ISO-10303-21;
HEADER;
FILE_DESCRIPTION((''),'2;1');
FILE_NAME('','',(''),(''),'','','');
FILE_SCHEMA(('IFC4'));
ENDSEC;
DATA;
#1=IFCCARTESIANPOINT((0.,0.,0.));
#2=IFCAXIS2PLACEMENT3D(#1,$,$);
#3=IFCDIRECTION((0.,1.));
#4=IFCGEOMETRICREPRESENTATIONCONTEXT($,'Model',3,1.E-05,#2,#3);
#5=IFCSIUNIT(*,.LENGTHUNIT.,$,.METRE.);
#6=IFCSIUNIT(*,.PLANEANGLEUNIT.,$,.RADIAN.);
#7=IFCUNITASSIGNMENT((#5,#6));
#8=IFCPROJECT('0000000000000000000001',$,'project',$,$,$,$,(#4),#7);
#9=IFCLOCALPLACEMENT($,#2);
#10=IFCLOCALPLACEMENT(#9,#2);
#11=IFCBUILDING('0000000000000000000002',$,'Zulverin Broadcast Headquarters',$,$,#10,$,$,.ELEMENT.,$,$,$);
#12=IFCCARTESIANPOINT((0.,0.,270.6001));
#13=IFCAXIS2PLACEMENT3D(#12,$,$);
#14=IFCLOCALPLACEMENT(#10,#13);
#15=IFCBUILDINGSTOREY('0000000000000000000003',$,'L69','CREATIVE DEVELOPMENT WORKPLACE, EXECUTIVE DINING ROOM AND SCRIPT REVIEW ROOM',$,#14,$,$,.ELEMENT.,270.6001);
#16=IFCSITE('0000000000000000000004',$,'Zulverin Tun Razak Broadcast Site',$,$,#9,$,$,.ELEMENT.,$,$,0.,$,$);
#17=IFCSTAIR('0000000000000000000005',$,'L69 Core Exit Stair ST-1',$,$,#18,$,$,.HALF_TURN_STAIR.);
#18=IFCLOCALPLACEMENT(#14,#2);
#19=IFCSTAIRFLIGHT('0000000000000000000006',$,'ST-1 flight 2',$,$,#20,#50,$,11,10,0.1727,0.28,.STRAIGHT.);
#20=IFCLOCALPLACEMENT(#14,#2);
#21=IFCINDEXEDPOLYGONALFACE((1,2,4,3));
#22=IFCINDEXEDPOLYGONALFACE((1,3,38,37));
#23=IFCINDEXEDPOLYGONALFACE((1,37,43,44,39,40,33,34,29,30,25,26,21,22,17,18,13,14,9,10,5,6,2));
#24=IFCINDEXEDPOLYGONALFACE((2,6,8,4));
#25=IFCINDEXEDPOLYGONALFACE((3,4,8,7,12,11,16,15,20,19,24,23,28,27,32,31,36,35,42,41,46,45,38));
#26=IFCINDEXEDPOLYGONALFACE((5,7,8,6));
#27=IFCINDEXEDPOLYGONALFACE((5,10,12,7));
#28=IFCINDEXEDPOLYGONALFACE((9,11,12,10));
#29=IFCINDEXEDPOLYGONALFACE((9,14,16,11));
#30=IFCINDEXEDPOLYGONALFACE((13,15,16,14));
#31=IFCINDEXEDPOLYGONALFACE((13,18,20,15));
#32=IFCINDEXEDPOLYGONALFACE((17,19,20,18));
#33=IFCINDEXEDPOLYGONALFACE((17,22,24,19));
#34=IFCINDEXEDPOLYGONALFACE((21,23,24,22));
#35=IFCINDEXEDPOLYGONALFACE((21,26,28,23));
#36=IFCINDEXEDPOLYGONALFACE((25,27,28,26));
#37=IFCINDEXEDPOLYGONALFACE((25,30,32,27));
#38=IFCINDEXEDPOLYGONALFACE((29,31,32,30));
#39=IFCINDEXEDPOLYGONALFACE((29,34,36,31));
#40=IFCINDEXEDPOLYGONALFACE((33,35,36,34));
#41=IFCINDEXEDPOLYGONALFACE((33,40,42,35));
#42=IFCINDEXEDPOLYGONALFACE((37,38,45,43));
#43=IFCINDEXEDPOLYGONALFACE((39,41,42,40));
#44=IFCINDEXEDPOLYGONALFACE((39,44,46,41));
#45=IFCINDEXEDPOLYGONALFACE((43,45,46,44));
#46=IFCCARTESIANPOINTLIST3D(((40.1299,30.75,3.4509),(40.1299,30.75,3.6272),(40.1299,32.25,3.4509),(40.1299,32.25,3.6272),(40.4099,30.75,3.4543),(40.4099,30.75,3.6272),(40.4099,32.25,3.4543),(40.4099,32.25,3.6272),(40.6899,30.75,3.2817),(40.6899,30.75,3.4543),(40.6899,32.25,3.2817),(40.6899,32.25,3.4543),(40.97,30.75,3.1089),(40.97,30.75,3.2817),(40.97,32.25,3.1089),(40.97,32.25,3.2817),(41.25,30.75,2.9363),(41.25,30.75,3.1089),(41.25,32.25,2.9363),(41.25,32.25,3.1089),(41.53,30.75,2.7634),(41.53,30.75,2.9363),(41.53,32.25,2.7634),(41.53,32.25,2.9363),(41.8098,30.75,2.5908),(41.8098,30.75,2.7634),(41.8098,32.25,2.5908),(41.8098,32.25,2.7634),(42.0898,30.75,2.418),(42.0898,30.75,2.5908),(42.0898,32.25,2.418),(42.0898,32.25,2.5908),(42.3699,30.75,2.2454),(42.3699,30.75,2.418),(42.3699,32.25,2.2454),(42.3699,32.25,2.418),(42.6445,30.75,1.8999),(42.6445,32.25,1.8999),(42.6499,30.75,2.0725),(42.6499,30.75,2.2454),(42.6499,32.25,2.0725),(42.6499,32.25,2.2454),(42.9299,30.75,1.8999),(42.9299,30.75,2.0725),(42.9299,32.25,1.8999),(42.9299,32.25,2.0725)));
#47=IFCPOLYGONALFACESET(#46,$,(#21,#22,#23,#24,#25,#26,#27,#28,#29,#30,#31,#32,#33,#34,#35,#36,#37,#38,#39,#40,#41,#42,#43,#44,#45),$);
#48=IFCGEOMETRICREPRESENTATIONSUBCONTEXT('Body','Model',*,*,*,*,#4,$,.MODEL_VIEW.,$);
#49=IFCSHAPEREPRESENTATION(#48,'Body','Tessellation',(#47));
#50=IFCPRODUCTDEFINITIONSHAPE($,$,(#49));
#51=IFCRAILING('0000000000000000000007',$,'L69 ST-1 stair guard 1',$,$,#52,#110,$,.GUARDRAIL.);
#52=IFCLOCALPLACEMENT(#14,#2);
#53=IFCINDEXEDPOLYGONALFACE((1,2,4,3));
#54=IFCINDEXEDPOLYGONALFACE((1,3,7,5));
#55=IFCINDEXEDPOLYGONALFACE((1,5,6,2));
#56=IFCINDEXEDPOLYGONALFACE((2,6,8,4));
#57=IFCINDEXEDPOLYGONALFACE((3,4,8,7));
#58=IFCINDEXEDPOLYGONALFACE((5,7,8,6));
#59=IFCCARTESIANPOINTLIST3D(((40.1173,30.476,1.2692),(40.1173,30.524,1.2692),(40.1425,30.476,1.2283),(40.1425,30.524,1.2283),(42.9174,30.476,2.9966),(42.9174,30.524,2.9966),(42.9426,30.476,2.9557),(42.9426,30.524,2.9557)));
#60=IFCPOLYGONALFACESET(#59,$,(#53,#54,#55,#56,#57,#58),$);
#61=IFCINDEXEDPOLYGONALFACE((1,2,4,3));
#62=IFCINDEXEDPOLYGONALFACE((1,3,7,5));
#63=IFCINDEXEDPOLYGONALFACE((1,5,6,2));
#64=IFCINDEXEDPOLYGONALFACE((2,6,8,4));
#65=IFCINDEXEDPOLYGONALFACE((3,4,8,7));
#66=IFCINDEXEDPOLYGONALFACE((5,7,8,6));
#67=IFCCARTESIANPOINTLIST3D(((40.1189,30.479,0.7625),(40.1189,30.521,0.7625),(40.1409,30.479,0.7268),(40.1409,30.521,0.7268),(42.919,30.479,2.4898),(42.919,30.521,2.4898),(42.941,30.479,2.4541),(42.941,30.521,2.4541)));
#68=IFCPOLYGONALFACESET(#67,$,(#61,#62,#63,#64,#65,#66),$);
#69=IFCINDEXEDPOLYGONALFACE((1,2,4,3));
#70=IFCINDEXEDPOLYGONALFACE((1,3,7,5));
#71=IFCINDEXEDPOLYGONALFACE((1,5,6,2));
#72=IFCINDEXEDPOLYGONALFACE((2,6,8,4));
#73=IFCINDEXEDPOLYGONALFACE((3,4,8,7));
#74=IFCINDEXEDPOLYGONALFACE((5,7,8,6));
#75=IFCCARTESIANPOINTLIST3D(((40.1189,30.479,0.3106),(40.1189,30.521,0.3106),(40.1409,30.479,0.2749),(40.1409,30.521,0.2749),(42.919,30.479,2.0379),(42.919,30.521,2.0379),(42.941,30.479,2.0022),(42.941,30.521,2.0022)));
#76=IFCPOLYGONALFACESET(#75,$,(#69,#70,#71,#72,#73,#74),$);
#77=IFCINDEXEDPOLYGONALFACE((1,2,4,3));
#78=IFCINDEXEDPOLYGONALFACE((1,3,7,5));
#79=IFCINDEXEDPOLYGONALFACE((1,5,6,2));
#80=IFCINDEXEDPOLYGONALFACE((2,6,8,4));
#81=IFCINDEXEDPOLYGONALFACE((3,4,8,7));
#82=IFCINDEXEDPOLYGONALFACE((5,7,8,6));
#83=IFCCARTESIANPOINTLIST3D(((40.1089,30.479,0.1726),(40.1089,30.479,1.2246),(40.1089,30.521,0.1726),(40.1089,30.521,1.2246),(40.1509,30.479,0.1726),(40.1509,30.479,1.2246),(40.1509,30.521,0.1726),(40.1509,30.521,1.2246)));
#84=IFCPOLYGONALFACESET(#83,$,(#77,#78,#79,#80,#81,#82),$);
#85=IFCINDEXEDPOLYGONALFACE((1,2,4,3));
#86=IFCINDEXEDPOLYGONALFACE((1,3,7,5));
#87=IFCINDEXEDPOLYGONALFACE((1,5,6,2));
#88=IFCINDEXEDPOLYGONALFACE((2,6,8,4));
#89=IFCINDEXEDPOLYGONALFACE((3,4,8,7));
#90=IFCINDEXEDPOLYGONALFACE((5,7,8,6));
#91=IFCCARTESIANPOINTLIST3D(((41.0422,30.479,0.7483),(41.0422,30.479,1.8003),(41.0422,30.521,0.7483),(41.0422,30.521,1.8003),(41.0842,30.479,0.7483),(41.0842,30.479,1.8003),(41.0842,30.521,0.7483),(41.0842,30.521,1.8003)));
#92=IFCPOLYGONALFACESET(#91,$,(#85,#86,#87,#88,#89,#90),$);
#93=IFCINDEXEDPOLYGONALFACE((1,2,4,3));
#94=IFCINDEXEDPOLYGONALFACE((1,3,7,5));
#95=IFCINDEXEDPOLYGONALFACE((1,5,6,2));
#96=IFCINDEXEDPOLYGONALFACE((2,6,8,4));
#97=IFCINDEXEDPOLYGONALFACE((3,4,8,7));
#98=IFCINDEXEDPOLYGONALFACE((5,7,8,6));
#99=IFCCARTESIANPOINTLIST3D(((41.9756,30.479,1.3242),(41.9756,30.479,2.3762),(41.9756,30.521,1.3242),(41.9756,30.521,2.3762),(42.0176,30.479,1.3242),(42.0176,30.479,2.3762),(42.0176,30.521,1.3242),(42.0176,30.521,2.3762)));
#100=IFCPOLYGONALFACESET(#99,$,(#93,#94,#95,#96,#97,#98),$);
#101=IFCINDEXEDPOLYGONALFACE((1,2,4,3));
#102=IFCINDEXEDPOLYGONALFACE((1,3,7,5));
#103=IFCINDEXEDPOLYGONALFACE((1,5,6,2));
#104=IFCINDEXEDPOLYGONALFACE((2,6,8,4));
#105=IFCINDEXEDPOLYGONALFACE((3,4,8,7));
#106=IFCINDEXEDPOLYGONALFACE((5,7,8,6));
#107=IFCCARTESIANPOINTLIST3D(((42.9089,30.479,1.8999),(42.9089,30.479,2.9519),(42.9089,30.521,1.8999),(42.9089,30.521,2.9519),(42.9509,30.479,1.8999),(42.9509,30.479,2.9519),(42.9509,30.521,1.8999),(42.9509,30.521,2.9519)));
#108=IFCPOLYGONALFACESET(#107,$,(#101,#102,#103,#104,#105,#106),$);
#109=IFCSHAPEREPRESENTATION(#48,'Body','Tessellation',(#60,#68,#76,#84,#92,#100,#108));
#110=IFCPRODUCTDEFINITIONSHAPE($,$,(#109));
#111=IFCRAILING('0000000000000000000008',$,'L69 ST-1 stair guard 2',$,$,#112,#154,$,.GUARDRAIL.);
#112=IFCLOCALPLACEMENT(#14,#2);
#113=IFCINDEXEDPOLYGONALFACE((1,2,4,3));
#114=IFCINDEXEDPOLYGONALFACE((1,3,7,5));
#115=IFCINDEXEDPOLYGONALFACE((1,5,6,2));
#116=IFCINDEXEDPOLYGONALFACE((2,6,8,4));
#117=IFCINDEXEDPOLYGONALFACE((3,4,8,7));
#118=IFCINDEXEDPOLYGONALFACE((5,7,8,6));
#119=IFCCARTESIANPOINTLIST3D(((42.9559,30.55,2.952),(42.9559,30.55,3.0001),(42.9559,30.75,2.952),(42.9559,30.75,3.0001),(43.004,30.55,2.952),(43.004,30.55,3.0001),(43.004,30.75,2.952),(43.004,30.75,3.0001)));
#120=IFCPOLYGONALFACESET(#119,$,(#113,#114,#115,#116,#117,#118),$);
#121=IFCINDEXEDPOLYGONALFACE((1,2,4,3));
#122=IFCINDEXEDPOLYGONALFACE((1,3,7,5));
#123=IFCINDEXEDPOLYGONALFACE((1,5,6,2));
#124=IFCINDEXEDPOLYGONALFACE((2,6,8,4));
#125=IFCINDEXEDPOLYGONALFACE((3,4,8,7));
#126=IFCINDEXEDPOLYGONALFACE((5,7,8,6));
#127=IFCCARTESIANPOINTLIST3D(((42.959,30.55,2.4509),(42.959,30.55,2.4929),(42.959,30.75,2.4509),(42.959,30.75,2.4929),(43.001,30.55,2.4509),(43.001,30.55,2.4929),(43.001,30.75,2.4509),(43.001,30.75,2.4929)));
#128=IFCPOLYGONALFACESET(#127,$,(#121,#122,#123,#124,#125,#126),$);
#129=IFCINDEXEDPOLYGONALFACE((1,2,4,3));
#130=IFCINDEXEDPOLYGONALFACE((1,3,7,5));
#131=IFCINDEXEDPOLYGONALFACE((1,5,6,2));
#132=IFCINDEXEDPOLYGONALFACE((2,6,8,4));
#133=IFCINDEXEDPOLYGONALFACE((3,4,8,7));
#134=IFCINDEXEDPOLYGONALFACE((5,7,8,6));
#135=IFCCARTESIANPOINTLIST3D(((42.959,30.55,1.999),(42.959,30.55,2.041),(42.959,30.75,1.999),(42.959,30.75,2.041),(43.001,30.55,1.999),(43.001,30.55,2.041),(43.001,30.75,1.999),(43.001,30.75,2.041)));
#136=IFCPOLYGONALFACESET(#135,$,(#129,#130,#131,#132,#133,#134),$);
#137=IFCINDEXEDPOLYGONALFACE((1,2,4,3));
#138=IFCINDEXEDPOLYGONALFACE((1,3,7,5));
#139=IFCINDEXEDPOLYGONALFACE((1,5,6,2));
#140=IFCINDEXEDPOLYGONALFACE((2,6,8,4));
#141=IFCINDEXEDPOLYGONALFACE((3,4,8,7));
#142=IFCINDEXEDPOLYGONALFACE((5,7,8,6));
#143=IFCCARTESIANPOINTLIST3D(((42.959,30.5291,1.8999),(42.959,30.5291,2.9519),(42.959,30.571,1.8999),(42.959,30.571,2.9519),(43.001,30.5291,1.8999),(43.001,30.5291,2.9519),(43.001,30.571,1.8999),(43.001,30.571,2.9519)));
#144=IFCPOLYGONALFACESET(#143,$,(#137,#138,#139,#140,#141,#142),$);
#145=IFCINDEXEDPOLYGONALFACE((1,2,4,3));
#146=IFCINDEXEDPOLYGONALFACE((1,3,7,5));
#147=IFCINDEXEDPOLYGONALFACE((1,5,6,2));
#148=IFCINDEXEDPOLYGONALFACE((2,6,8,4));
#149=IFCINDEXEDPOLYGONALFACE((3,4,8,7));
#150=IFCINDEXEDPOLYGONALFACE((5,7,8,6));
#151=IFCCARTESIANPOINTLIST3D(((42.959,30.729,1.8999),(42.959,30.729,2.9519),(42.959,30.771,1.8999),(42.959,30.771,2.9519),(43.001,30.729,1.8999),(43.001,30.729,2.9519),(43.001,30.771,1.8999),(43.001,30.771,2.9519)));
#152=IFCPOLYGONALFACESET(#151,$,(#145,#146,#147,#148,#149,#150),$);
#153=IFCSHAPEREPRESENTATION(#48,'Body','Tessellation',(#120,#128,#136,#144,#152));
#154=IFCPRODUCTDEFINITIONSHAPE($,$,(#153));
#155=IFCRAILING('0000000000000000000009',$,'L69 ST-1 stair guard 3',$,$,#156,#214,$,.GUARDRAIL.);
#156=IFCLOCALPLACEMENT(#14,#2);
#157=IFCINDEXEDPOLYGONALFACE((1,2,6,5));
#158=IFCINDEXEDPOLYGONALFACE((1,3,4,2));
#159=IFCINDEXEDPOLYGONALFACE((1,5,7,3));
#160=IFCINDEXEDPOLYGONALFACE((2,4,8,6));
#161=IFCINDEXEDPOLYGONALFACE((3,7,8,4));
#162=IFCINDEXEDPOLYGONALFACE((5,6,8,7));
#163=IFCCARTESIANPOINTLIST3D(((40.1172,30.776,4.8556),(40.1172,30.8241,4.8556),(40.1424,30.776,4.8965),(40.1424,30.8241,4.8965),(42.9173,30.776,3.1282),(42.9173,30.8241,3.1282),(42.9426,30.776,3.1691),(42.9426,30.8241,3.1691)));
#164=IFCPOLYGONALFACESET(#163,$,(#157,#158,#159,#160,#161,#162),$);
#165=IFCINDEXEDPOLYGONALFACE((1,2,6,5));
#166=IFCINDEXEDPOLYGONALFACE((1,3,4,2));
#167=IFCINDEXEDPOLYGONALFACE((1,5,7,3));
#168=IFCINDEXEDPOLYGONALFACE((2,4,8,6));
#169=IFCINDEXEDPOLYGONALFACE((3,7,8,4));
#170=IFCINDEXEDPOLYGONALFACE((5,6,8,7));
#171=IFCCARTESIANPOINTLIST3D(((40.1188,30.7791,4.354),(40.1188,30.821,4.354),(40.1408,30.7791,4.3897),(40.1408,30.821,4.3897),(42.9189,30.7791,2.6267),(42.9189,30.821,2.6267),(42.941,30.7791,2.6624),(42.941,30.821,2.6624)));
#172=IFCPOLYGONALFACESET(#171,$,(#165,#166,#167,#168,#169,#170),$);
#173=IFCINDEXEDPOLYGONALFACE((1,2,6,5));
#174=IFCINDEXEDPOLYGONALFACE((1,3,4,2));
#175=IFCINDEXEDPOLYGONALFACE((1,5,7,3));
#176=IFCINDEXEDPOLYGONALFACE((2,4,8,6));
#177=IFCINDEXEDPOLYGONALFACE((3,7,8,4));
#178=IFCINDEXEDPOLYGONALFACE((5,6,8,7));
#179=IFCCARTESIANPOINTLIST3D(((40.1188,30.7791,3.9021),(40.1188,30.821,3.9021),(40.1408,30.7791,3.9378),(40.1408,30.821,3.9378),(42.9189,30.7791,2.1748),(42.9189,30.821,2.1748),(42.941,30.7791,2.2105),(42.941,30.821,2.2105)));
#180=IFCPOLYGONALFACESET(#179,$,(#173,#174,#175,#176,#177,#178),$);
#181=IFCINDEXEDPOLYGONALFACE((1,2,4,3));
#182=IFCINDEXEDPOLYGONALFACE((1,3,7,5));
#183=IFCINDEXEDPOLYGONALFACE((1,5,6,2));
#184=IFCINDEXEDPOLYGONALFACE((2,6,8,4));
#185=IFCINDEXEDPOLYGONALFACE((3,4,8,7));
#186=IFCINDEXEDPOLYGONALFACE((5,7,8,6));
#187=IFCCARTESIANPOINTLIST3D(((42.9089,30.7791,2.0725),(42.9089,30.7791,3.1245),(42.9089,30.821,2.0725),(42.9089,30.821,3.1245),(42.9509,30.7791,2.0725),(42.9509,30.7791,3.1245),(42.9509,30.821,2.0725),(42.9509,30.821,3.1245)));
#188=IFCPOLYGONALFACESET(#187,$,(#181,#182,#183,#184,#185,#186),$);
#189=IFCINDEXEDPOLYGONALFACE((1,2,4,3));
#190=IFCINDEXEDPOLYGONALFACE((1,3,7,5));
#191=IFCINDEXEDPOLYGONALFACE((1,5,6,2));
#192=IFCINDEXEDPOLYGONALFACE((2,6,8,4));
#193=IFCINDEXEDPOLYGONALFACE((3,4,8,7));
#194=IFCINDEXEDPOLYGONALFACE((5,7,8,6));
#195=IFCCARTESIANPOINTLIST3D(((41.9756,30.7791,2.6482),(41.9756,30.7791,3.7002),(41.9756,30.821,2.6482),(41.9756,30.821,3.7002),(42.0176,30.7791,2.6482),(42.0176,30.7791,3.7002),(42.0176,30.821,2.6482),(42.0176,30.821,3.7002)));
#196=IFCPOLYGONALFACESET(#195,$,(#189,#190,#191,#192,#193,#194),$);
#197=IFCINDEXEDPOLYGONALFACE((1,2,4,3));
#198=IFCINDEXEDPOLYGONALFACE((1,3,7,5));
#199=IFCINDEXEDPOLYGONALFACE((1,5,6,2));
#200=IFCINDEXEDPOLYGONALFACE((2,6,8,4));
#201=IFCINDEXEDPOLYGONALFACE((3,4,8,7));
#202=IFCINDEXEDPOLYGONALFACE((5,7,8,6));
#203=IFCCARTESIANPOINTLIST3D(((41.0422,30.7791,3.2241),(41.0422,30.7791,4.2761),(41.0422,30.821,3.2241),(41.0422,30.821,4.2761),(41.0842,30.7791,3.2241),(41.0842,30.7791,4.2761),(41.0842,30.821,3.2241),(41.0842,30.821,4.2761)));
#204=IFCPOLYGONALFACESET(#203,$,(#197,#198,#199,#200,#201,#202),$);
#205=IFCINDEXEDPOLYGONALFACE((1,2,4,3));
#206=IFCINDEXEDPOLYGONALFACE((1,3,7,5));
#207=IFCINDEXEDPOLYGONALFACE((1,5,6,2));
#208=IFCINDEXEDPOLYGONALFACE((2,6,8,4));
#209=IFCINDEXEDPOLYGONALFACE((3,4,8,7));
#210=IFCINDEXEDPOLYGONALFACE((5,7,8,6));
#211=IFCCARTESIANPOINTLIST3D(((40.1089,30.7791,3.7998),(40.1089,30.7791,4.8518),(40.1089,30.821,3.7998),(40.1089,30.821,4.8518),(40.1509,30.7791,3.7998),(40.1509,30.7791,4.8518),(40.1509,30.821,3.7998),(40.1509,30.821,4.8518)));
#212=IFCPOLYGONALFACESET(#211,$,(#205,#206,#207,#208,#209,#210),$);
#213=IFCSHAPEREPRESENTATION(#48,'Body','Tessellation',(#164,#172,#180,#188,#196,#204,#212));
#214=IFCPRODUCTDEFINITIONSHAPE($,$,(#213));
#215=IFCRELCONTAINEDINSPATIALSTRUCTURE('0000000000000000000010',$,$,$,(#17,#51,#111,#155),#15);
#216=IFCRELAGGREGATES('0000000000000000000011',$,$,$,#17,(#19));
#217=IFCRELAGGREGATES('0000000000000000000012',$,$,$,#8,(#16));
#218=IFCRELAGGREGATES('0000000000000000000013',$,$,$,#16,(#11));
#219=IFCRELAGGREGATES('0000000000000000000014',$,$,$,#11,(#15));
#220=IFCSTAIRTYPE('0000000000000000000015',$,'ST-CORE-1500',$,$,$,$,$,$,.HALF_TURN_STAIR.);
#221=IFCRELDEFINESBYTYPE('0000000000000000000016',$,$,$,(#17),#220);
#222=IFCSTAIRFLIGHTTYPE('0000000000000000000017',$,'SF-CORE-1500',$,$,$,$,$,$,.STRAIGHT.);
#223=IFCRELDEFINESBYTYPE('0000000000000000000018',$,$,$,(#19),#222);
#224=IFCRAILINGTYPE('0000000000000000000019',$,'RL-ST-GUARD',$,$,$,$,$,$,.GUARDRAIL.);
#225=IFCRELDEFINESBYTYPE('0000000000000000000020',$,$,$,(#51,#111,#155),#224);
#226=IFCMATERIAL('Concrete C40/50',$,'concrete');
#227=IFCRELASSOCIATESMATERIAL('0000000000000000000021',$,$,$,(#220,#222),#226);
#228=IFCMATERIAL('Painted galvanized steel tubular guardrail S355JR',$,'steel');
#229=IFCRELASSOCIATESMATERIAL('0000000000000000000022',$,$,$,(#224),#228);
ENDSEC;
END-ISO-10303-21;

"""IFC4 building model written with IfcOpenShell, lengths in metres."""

from ifc_helpers import new_model, si_unit, direction, frame, origin, origin_2d, place, context, subcontext, project, spatial, polyline, rectangle, outline, extrude, material, type_object, element, aggregate, save


model = new_model("IFC4")

# Units and contexts
model_context = context("Model", 3, precision=1e-05, world=origin(), true_north=direction((0.0, 1.0)))
body_context = subcontext(model_context, "Body", "Model", "MODEL_VIEW")
ifc_project = project(units=[si_unit("LENGTHUNIT", "METRE"), si_unit("PLANEANGLEUNIT", "RADIAN")], contexts=[model_context])

# Site, building, storey
site_placement = place(None, origin())
site = spatial("IfcSite", under=ifc_project, at=site_placement, Name="Zulverin Tun Razak Broadcast Site", CompositionType="ELEMENT", RefElevation=0.0)
building_placement = place(site_placement, origin())
building = spatial("IfcBuilding", under=site, at=building_placement, Name="Zulverin Broadcast Headquarters", CompositionType="ELEMENT")
storey_placement = place(building_placement, frame((0.0, 0.0, 270.6001)))
storey = spatial("IfcBuildingStorey", under=building, at=storey_placement, Name="L69", Description="CREATIVE DEVELOPMENT WORKPLACE, EXECUTIVE DINING ROOM AND SCRIPT REVIEW ROOM", CompositionType="ELEMENT", Elevation=270.6001)

# Stair, stair flight
ifc_material_1 = material(Name="Concrete C40/50", Category="concrete")
stair_type = type_object("IfcStairType", Name="ST-CORE-1500", PredefinedType="HALF_TURN_STAIR", material=ifc_material_1)
stair_placement = place(storey_placement, origin())
stair = element("IfcStair", 1, at=stair_placement, inside=storey, type_object=stair_type, Name="L69 Core Exit Stair ST-1", PredefinedType="HALF_TURN_STAIR")
stair_flight_type = type_object("IfcStairFlightType", Name="SF-CORE-1500", PredefinedType="STRAIGHT", material=ifc_material_1)
stair_flight_1_placement = place(storey_placement, frame((42.9299, 31.5, 1.8999), z_axis=(0.0, 0.0, 1.0), x_axis=(-1.0, 0.0, 0.0)))
stair_flight_1 = element("IfcStairFlight", 2, at=stair_flight_1_placement, type_object=stair_flight_type, Name="ST-1 flight 2", NumberOfRisers=11, NumberOfTreads=10, PredefinedType="STRAIGHT", RiserHeight=0.1727, TreadLength=0.28, context=body_context, shape_type="SweptSolid", body=[
    extrude(outline(polyline([(0.0, 0.0), (0.0, 0.1726), (0.28, 0.1726), (0.28, 0.3455), (0.5601, 0.3455), (0.5601, 0.5181), (0.8401, 0.5181), (0.8401, 0.6909), (1.1201, 0.6909), (1.1201, 0.8635), (1.3999, 0.8635), (1.3999, 1.0364), (1.6799, 1.0364), (1.6799, 1.209), (1.96, 1.209), (1.96, 1.3818), (2.24, 1.3818), (2.24, 1.5544), (2.52, 1.5544), (2.52, 1.7273), (2.8, 1.7273), (2.8, 1.8999), (2.8, 1.551), (0.2854, 0.0), (0.0, 0.0)])), frame((0.0, 0.75, 0.0), z_axis=(0.0, -1.0, 0.0), x_axis=(1.0, 0.0, 0.0)), (0.0, 0.0, 1.0), 1.5),
])
aggregate(stair, [stair_flight_1])

# Railings
ifc_material_2 = material(Name="Painted galvanized steel tubular guardrail S355JR", Category="steel")
railing_type_1 = type_object("IfcRailingType", Name="RL-ST-GUARD", PredefinedType="GUARDRAIL", material=ifc_material_2)
railing_1_placement = place(storey_placement, frame((40.1299, 30.5, 0.1726)))
element("IfcRailing", 3, at=railing_1_placement, inside=storey, type_object=railing_type_1, Name="L69 ST-1 stair guard 1", PredefinedType="GUARDRAIL", context=body_context, shape_type="SweptSolid", body=[
    extrude(rectangle(XDim=0.0481, YDim=0.0481, at=origin_2d()), frame((0.0, 0.0, 1.0762), z_axis=(0.85109, 0.0, 0.52502), x_axis=(0.0, 1.0, 0.0)), (0.0, 0.0, 1.0), 3.29),
    extrude(rectangle(XDim=0.042, YDim=0.042, at=origin_2d()), frame((0.0, 0.0, 0.572), z_axis=(0.85109, 0.0, 0.52502), x_axis=(0.0, 1.0, 0.0)), (0.0, 0.0, 1.0), 3.29),
    extrude(rectangle(XDim=0.042, YDim=0.042, at=origin_2d()), frame((0.0, 0.0, 0.1201), z_axis=(0.85109, 0.0, 0.52502), x_axis=(0.0, 1.0, 0.0)), (0.0, 0.0, 1.0), 3.29),
    extrude(rectangle(XDim=0.042, YDim=0.042, at=origin_2d()), origin(), (0.0, 0.0, 1.0), 1.052),
    extrude(rectangle(XDim=0.042, YDim=0.042, at=origin_2d()), frame((0.9333, 0.0, 0.5757)), (0.0, 0.0, 1.0), 1.052),
    extrude(rectangle(XDim=0.042, YDim=0.042, at=origin_2d()), frame((1.8667, 0.0, 1.1516)), (0.0, 0.0, 1.0), 1.052),
    extrude(rectangle(XDim=0.042, YDim=0.042, at=origin_2d()), frame((2.8, 0.0, 1.7273)), (0.0, 0.0, 1.0), 1.052),
])
railing_2_placement = place(storey_placement, frame((42.98, 30.55, 1.8999)))
element("IfcRailing", 4, at=railing_2_placement, inside=storey, type_object=railing_type_1, Name="L69 ST-1 stair guard 2", PredefinedType="GUARDRAIL", context=body_context, shape_type="SweptSolid", body=[
    extrude(rectangle(XDim=0.0481, YDim=0.0481, at=origin_2d()), frame((0.0, 0.0, 1.0762), z_axis=(0.0, 1.0, 0.0), x_axis=(-1.0, 0.0, 0.0)), (0.0, 0.0, 1.0), 0.2),
    extrude(rectangle(XDim=0.042, YDim=0.042, at=origin_2d()), frame((0.0, 0.0, 0.572), z_axis=(0.0, 1.0, 0.0), x_axis=(-1.0, 0.0, 0.0)), (0.0, 0.0, 1.0), 0.2),
    extrude(rectangle(XDim=0.042, YDim=0.042, at=origin_2d()), frame((0.0, 0.0, 0.1201), z_axis=(0.0, 1.0, 0.0), x_axis=(-1.0, 0.0, 0.0)), (0.0, 0.0, 1.0), 0.2),
    extrude(rectangle(XDim=0.042, YDim=0.042, at=origin_2d()), origin(), (0.0, 0.0, 1.0), 1.052),
    extrude(rectangle(XDim=0.042, YDim=0.042, at=origin_2d()), frame((0.0, 0.2, 0.0)), (0.0, 0.0, 1.0), 1.052),
])
railing_3_placement = place(storey_placement, frame((42.9299, 30.8, 2.0725)))
element("IfcRailing", 5, at=railing_3_placement, inside=storey, type_object=railing_type_1, Name="L69 ST-1 stair guard 3", PredefinedType="GUARDRAIL", context=body_context, shape_type="SweptSolid", body=[
    extrude(rectangle(XDim=0.0481, YDim=0.0481, at=origin_2d()), frame((0.0, 0.0, 1.0762), z_axis=(-0.85109, 0.0, 0.52502), x_axis=(0.0, -1.0, 0.0)), (0.0, 0.0, 1.0), 3.29),
    extrude(rectangle(XDim=0.042, YDim=0.042, at=origin_2d()), frame((0.0, 0.0, 0.572), z_axis=(-0.85109, 0.0, 0.52502), x_axis=(0.0, -1.0, 0.0)), (0.0, 0.0, 1.0), 3.29),
    extrude(rectangle(XDim=0.042, YDim=0.042, at=origin_2d()), frame((0.0, 0.0, 0.1201), z_axis=(-0.85109, 0.0, 0.52502), x_axis=(0.0, -1.0, 0.0)), (0.0, 0.0, 1.0), 3.29),
    extrude(rectangle(XDim=0.042, YDim=0.042, at=origin_2d()), origin(), (0.0, 0.0, 1.0), 1.052),
    extrude(rectangle(XDim=0.042, YDim=0.042, at=origin_2d()), frame((-0.9333, 0.0, 0.5757)), (0.0, 0.0, 1.0), 1.052),
    extrude(rectangle(XDim=0.042, YDim=0.042, at=origin_2d()), frame((-1.8667, 0.0, 1.1516)), (0.0, 0.0, 1.0), 1.052),
    extrude(rectangle(XDim=0.042, YDim=0.042, at=origin_2d()), frame((-2.8, 0.0, 1.7273)), (0.0, 0.0, 1.0), 1.052),
])

save(model, "model.ifc")
